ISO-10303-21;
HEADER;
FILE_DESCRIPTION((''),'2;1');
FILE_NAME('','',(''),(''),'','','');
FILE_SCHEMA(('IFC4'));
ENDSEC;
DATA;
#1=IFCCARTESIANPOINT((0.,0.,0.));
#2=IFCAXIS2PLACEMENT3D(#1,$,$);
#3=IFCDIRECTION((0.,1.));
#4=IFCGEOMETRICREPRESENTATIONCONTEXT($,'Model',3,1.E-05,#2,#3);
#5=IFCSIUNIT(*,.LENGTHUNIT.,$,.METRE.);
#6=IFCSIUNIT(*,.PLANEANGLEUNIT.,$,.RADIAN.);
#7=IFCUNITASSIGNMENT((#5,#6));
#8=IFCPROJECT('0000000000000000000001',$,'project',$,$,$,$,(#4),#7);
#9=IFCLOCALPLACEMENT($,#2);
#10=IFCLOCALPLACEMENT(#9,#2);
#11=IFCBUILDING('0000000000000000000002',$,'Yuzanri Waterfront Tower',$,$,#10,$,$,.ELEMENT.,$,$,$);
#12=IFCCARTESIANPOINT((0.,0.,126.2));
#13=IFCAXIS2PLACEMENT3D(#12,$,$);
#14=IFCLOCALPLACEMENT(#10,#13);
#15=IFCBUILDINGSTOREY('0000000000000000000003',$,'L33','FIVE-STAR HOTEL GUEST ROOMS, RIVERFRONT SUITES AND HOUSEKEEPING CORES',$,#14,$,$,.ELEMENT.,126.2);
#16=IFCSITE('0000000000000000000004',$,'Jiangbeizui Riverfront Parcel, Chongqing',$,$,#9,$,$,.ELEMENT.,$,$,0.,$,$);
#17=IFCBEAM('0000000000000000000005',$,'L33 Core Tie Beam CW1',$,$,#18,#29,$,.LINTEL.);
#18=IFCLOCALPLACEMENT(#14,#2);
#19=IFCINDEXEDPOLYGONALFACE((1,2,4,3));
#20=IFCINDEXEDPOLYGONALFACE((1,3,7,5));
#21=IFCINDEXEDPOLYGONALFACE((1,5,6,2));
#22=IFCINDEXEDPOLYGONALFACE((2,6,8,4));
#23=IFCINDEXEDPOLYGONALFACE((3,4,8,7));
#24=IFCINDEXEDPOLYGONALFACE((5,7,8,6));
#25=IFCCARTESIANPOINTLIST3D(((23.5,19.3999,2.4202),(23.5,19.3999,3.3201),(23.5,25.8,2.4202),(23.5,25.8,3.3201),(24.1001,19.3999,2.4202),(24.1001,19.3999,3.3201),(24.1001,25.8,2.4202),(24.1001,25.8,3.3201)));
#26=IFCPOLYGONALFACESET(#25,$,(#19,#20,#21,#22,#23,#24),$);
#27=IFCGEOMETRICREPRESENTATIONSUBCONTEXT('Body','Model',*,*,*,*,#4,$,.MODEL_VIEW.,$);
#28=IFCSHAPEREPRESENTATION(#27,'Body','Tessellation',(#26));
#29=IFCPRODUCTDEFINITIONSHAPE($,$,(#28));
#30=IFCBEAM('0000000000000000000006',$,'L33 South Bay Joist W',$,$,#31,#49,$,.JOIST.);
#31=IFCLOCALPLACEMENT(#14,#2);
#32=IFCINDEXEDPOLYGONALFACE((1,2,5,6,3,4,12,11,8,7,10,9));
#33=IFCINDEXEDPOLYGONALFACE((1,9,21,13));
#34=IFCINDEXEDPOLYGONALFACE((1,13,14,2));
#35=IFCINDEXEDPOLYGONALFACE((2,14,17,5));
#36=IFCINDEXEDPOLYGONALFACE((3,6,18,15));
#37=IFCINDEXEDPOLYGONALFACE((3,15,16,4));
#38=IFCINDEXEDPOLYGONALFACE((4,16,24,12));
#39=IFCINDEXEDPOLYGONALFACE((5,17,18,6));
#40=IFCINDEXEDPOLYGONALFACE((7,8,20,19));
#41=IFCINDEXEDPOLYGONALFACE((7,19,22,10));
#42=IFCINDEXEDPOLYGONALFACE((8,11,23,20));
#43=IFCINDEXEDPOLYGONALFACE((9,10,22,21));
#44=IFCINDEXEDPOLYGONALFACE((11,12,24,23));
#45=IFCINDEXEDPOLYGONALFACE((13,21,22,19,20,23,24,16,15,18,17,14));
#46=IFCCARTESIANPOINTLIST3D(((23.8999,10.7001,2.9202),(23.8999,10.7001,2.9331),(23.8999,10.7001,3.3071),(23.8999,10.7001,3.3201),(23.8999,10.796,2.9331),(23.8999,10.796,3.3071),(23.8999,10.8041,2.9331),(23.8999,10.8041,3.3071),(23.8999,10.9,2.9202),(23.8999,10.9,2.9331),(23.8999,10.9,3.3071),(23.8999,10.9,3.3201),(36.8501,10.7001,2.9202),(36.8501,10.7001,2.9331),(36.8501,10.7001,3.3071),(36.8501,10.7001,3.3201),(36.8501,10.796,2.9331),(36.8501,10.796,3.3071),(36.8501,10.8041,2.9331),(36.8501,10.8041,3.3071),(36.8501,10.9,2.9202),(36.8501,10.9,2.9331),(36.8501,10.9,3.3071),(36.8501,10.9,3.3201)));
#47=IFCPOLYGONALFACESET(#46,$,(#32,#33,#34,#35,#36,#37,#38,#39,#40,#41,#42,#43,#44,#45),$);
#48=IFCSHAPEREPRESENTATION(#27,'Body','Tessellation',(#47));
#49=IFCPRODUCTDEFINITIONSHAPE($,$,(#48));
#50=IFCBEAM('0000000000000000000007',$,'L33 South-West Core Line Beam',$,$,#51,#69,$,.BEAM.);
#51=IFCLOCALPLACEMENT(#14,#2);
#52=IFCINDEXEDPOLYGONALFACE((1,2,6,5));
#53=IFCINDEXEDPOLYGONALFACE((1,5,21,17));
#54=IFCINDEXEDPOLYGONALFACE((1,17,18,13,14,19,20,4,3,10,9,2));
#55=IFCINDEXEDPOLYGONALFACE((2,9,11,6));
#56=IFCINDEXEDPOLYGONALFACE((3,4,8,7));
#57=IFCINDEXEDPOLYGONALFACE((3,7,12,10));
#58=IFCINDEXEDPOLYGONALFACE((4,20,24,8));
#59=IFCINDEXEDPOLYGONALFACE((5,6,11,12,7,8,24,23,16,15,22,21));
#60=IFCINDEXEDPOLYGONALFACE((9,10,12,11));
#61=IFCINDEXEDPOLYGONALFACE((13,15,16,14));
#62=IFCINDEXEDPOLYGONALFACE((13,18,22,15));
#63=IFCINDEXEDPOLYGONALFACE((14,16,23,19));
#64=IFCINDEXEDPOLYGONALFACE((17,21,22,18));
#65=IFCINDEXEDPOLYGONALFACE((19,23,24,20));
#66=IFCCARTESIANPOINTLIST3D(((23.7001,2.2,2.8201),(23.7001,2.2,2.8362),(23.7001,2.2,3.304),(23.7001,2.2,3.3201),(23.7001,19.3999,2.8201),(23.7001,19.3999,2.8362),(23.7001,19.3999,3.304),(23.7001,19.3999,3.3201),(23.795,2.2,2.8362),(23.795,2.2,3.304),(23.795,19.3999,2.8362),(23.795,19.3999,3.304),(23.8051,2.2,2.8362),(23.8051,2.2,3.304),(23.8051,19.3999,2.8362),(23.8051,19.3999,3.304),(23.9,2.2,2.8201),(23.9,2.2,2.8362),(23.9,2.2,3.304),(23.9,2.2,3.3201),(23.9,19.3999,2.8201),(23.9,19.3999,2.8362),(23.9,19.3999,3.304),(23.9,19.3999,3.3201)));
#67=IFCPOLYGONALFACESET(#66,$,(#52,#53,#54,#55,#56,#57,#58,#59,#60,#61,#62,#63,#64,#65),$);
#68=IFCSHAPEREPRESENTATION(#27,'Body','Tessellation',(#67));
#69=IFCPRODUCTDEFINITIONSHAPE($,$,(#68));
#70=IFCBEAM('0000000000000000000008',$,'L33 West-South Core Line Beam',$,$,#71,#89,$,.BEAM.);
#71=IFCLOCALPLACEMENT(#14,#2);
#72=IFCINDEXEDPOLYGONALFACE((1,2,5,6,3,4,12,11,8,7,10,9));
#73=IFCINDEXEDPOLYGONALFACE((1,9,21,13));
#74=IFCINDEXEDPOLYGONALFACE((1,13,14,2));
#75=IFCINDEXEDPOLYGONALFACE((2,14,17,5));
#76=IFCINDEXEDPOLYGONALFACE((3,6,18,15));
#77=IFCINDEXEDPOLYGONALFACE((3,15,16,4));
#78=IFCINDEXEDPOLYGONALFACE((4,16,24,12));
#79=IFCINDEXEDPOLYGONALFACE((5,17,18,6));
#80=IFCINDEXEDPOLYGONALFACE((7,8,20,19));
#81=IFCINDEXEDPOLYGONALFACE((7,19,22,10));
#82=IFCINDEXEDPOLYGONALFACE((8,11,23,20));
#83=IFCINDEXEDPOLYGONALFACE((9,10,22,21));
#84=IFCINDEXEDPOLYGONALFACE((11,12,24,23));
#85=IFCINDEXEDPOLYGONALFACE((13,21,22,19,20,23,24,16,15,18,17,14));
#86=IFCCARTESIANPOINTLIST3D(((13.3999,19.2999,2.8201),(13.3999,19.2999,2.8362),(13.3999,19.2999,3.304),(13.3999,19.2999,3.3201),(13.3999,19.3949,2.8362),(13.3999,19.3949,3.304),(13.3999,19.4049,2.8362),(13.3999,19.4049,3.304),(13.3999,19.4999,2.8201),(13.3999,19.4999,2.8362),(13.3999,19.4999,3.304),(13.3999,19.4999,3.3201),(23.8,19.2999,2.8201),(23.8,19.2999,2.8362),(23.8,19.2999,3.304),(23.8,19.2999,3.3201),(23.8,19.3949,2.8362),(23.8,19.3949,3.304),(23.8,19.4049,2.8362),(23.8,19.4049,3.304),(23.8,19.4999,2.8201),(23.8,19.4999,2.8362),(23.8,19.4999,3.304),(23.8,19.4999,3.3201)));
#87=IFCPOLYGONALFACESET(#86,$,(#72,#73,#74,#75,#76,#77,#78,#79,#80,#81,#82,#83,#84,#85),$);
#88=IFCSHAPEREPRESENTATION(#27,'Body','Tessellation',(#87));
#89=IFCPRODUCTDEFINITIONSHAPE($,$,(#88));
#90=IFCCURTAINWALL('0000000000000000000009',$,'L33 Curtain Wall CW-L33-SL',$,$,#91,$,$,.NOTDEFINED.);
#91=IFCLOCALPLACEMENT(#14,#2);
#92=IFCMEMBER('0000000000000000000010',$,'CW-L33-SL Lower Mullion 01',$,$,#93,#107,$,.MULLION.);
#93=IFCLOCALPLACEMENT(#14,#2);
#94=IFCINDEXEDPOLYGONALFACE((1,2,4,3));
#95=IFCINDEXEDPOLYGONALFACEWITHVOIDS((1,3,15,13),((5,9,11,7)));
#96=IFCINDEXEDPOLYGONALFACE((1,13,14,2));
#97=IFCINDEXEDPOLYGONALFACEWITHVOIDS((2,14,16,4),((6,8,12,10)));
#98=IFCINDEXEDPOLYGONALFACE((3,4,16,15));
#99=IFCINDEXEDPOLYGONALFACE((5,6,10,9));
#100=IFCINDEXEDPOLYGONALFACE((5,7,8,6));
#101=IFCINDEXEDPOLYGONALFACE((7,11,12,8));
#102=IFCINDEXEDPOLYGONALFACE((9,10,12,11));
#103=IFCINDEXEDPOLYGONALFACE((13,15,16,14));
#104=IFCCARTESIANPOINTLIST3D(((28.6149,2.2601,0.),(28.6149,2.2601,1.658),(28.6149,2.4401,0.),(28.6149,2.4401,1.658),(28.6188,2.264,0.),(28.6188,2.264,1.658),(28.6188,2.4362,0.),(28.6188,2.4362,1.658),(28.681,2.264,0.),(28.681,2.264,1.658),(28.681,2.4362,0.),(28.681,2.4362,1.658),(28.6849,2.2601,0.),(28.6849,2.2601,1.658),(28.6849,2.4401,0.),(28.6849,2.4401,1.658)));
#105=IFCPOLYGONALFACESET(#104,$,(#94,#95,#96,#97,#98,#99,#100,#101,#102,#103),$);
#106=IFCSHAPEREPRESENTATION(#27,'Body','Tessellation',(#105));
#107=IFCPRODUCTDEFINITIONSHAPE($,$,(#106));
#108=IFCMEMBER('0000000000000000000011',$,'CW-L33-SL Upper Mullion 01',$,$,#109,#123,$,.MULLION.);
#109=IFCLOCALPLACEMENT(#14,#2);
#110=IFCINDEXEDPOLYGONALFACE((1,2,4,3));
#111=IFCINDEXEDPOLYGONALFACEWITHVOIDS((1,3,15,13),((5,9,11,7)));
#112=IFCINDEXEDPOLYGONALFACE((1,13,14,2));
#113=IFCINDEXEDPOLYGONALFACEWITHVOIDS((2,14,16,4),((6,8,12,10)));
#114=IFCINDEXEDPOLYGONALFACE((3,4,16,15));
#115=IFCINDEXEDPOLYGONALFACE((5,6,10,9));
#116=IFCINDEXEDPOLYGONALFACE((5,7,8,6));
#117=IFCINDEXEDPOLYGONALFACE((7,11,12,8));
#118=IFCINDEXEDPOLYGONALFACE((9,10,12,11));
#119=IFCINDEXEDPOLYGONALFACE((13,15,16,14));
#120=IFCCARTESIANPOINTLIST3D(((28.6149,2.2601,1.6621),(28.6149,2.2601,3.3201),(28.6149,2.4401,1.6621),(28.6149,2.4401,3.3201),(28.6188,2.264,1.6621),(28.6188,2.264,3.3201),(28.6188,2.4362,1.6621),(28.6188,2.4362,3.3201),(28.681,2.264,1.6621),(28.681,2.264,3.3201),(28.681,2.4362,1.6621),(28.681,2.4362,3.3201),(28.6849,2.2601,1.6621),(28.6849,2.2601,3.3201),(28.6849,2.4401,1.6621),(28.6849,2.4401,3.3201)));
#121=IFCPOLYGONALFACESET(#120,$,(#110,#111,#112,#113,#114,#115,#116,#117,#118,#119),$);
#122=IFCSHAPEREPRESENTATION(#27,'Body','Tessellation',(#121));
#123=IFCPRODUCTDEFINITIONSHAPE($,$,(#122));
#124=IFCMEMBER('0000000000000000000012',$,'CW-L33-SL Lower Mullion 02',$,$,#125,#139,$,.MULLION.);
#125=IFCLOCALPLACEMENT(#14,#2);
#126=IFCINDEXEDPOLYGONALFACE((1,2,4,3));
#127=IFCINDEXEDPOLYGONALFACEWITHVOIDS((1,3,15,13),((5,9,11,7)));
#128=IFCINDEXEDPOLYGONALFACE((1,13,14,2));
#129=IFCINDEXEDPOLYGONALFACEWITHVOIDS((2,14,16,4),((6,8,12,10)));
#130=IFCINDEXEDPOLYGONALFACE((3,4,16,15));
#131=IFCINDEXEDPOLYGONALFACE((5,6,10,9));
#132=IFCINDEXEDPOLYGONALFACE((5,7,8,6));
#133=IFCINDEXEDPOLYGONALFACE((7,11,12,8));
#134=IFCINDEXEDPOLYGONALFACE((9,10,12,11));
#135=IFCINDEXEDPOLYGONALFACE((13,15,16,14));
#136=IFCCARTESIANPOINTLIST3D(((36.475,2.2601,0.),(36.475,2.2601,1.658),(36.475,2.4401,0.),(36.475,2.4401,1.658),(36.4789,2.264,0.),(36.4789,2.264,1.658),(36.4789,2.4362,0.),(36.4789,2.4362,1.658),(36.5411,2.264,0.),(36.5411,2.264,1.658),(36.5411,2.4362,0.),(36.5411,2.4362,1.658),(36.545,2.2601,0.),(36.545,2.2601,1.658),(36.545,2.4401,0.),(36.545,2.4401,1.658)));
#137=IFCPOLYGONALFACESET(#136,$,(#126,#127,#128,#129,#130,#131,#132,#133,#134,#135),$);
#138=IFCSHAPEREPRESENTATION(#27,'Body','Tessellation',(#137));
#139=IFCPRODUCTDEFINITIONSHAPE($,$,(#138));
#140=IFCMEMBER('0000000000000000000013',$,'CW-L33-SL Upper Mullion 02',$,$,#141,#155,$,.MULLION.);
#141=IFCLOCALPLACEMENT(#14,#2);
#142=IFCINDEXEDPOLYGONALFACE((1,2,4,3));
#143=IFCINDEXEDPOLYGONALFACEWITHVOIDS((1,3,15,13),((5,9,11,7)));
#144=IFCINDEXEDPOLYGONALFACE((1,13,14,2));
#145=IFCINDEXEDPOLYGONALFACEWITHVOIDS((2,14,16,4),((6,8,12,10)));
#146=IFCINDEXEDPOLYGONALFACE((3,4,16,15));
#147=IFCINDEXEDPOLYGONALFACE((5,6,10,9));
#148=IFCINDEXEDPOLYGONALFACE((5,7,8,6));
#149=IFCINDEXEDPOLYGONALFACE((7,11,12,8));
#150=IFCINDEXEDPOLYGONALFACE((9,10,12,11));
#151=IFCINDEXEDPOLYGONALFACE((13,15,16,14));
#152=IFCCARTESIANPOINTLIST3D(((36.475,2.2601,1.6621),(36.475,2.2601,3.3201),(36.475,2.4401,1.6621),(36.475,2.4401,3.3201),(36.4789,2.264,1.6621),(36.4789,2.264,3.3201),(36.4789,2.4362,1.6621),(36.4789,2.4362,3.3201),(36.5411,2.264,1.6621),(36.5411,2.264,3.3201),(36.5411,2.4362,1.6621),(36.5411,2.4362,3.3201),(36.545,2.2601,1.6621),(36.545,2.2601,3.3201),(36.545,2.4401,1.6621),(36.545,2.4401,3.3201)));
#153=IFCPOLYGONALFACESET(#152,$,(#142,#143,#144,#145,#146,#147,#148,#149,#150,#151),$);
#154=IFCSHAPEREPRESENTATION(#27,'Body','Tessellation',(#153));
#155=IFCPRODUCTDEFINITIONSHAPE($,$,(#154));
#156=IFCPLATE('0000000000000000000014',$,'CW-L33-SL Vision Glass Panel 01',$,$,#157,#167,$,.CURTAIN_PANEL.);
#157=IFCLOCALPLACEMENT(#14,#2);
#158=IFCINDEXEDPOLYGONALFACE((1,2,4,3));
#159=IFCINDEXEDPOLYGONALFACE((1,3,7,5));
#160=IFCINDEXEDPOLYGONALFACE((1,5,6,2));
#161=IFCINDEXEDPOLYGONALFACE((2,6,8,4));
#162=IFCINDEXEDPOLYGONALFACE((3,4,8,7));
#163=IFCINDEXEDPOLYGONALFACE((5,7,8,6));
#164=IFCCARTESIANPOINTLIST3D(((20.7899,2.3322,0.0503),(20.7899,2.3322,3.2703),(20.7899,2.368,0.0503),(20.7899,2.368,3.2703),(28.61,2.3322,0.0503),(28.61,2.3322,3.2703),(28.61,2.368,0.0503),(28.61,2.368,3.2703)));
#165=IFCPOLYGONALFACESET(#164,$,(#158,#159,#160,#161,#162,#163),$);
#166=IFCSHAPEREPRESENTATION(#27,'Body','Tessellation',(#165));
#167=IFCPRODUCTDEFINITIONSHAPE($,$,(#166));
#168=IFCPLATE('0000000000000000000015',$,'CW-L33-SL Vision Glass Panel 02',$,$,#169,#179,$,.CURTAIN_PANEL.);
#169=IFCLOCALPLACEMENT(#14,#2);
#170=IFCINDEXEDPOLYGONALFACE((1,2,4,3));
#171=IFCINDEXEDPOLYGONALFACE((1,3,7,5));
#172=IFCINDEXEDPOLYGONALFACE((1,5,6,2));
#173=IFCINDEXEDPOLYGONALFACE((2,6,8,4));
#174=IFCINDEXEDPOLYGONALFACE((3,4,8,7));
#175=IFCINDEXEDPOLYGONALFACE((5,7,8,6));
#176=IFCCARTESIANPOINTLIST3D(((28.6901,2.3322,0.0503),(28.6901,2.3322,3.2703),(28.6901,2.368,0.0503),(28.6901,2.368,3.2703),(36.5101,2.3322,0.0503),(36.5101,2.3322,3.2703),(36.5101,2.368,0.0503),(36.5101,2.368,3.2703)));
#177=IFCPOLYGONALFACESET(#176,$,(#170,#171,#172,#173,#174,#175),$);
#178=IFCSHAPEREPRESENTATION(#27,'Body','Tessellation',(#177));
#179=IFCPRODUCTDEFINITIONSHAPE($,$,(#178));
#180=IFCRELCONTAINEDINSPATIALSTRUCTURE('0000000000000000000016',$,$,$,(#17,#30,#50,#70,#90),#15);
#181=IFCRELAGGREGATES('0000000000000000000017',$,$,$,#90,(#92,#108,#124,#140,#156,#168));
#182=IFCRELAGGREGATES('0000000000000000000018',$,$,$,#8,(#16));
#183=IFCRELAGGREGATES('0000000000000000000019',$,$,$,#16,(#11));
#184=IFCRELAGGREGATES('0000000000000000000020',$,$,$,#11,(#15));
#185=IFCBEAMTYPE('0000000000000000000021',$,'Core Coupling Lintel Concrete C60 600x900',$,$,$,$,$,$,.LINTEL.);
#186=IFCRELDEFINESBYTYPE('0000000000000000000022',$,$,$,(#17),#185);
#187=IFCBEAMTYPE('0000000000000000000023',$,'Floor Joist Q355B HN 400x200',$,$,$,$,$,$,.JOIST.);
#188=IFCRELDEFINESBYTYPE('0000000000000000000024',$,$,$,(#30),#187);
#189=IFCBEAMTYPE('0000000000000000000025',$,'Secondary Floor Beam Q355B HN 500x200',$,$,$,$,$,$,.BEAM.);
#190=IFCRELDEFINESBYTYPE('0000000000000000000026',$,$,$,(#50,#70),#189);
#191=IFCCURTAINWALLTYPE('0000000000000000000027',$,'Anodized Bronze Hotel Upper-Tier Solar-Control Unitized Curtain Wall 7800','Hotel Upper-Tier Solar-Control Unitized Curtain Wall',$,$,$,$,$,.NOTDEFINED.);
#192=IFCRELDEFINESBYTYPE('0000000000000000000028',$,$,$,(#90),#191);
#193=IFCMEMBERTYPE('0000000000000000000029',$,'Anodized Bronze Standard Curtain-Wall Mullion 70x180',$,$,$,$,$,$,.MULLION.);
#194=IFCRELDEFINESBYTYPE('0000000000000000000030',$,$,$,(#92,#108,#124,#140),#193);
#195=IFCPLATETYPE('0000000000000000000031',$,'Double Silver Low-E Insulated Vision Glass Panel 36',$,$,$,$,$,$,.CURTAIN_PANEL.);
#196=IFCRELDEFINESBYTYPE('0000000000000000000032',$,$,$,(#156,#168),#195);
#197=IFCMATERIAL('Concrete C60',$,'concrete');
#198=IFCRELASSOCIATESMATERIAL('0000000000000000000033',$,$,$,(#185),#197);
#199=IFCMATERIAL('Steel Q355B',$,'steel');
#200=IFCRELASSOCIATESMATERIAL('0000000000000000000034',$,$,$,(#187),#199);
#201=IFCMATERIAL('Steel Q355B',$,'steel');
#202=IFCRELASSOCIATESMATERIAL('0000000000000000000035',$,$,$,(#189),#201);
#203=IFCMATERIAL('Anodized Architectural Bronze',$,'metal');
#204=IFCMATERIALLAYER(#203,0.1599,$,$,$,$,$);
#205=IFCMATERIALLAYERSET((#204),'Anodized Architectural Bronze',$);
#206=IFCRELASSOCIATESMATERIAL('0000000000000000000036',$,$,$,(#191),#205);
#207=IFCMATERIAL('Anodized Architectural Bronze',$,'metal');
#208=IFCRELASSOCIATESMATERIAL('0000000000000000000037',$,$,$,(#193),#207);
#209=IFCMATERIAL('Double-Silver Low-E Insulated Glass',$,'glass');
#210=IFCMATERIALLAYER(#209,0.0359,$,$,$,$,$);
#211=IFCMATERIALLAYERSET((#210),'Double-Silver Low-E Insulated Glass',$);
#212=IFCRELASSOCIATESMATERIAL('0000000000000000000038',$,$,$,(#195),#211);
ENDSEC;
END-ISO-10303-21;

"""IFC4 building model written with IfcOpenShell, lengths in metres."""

from ifc_helpers import new_model, si_unit, direction, frame, origin, origin_2d, place, context, subcontext, project, spatial, rectangle, hollow_rectangle, i_section, extrude, source, transform, mapped, material, layer, layer_set, material_profile, profile_set, type_object, element, aggregate, save


model = new_model("IFC4")

# Units and contexts
model_context = context("Model", 3, precision=1e-05, world=origin(), true_north=direction((0.0, 1.0)))
body_context = subcontext(model_context, "Body", "Model", "MODEL_VIEW")
ifc_project = project(units=[si_unit("LENGTHUNIT", "METRE"), si_unit("PLANEANGLEUNIT", "RADIAN")], contexts=[model_context])

# Site, building, storey
site_placement = place(None, origin())
site = spatial("IfcSite", under=ifc_project, at=site_placement, Name="Jiangbeizui Riverfront Parcel, Chongqing", CompositionType="ELEMENT", RefElevation=0.0)
building_placement = place(site_placement, origin())
building = spatial("IfcBuilding", under=site, at=building_placement, Name="Yuzanri Waterfront Tower", CompositionType="ELEMENT")
storey_placement = place(building_placement, frame((0.0, 0.0, 126.2)))
storey = spatial("IfcBuildingStorey", under=building, at=storey_placement, Name="L33", Description="FIVE-STAR HOTEL GUEST ROOMS, RIVERFRONT SUITES AND HOUSEKEEPING CORES", CompositionType="ELEMENT", Elevation=126.2)

# Beams
ifc_material_1 = material(Name="Concrete C60", Category="concrete")
ifc_material_profile_1 = material_profile(ifc_material_1, rectangle(XDim=0.6001, YDim=0.8999, at=origin_2d()), Name="RC 600x900")
ifc_profile_set_1 = profile_set([ifc_material_profile_1], Name="Concrete C60")
beam_type_1 = type_object("IfcBeamType", Name="Core Coupling Lintel Concrete C60 600x900", PredefinedType="LINTEL", material=ifc_profile_set_1)
shared_shape_1 = source(origin(), body_context, "Body", "SweptSolid", [
    extrude(rectangle(XDim=0.6001, YDim=0.8999, at=origin_2d()), origin(), (0.0, 0.0, 1.0), 6.4001),
])
beam_1_placement = place(storey_placement, frame((23.8, 19.3999, 2.8701), z_axis=(0.0, 1.0, 0.0), x_axis=(-1.0, 0.0, 0.0)))
element("IfcBeam", 1, at=beam_1_placement, inside=storey, type_object=beam_type_1, Name="L33 Core Tie Beam CW1", PredefinedType="LINTEL", context=body_context, shape_type="MappedRepresentation", body=[
    mapped(shared_shape_1, transform((0.0, 0.0, 0.0), scale=1.0)),
])
ifc_material_2 = material(Name="Steel Q355B", Category="steel")
ifc_material_profile_2 = material_profile(ifc_material_2, i_section(OverallWidth=0.2, OverallDepth=0.3999, WebThickness=0.0081, FlangeThickness=0.0129, at=origin_2d()), Name="HN 400x200x8x13")
ifc_profile_set_2 = profile_set([ifc_material_profile_2], Name="Steel Q355B")
beam_type_2 = type_object("IfcBeamType", Name="Floor Joist Q355B HN 400x200", PredefinedType="JOIST", material=ifc_profile_set_2)
shared_shape_2 = source(origin(), body_context, "Body", "SweptSolid", [
    extrude(i_section(OverallWidth=0.2, OverallDepth=0.3999, WebThickness=0.0081, FlangeThickness=0.0129, at=origin_2d()), origin(), (0.0, 0.0, 1.0), 12.9502),
])
beam_2_placement = place(storey_placement, frame((23.8999, 10.8, 3.1201), z_axis=(1.0, 0.0, 0.0), x_axis=(0.0, 1.0, 0.0)))
element("IfcBeam", 2, at=beam_2_placement, inside=storey, type_object=beam_type_2, Name="L33 South Bay Joist W", PredefinedType="JOIST", context=body_context, shape_type="MappedRepresentation", body=[
    mapped(shared_shape_2, transform((0.0, 0.0, 0.0), scale=1.0)),
])
ifc_material_3 = material(Name="Steel Q355B", Category="steel")
ifc_material_profile_3 = material_profile(ifc_material_3, i_section(OverallWidth=0.2, OverallDepth=0.5, WebThickness=0.01, FlangeThickness=0.0161, at=origin_2d()), Name="HN 500x200x10x16")
ifc_profile_set_3 = profile_set([ifc_material_profile_3], Name="Steel Q355B")
beam_type_3 = type_object("IfcBeamType", Name="Secondary Floor Beam Q355B HN 500x200", PredefinedType="BEAM", material=ifc_profile_set_3)
shared_shape_3 = source(origin(), body_context, "Body", "SweptSolid", [
    extrude(i_section(OverallWidth=0.2, OverallDepth=0.5, WebThickness=0.01, FlangeThickness=0.0161, at=origin_2d()), origin(), (0.0, 0.0, 1.0), 17.2),
])
beam_3_placement = place(storey_placement, frame((23.8, 19.3999, 3.0701), z_axis=(0.0, -1.0, 0.0), x_axis=(1.0, 0.0, 0.0)))
element("IfcBeam", 3, at=beam_3_placement, inside=storey, type_object=beam_type_3, Name="L33 South-West Core Line Beam", PredefinedType="BEAM", context=body_context, shape_type="MappedRepresentation", body=[
    mapped(shared_shape_3, transform((0.0, 0.0, 0.0), scale=1.0)),
])
shared_shape_4 = source(origin(), body_context, "Body", "SweptSolid", [
    extrude(i_section(OverallWidth=0.2, OverallDepth=0.5, WebThickness=0.01, FlangeThickness=0.0161, at=origin_2d()), origin(), (0.0, 0.0, 1.0), 10.4001),
])
beam_4_placement = place(storey_placement, frame((23.8, 19.3999, 3.0701), z_axis=(-1.0, 0.0, 0.0), x_axis=(0.0, -1.0, 0.0)))
element("IfcBeam", 4, at=beam_4_placement, inside=storey, type_object=beam_type_3, Name="L33 West-South Core Line Beam", PredefinedType="BEAM", context=body_context, shape_type="MappedRepresentation", body=[
    mapped(shared_shape_4, transform((0.0, 0.0, 0.0), scale=1.0)),
])

# Curtain wall, members, plates
ifc_material_4 = material(Name="Anodized Architectural Bronze", Category="metal")
ifc_layer_1 = layer(ifc_material_4, 0.1599)
ifc_layer_set_1 = layer_set([ifc_layer_1], Name="Anodized Architectural Bronze")
curtain_wall_type = type_object("IfcCurtainWallType", Name="Anodized Bronze Hotel Upper-Tier Solar-Control Unitized Curtain Wall 7800", Description="Hotel Upper-Tier Solar-Control Unitized Curtain Wall", PredefinedType="NOTDEFINED", material=ifc_layer_set_1)
curtain_wall_placement = place(storey_placement, origin())
curtain_wall = element("IfcCurtainWall", 5, at=curtain_wall_placement, inside=storey, type_object=curtain_wall_type, Name="L33 Curtain Wall CW-L33-SL", PredefinedType="NOTDEFINED")
ifc_material_5 = material(Name="Anodized Architectural Bronze", Category="metal")
ifc_material_profile_4 = material_profile(ifc_material_5, hollow_rectangle(XDim=0.0701, YDim=0.1799, WallThickness=0.0039, at=origin_2d()), Name="CWM 70x180")
ifc_profile_set_4 = profile_set([ifc_material_profile_4], Name="Anodized Architectural Bronze")
member_type = type_object("IfcMemberType", Name="Anodized Bronze Standard Curtain-Wall Mullion 70x180", PredefinedType="MULLION", material=ifc_profile_set_4)
shared_shape_5 = source(origin(), body_context, "Body", "SweptSolid", [
    extrude(hollow_rectangle(XDim=0.0701, YDim=0.1799, WallThickness=0.0039, at=origin_2d()), origin(), (0.0, 0.0, 1.0), 1.658),
])
member_1_placement = place(storey_placement, frame((28.6499, 2.3501, 0.0), z_axis=(0.0, 0.0, 1.0), x_axis=(1.0, 0.0, 0.0)))
member_1 = element("IfcMember", 6, at=member_1_placement, type_object=member_type, Name="CW-L33-SL Lower Mullion 01", PredefinedType="MULLION", context=body_context, shape_type="MappedRepresentation", body=[
    mapped(shared_shape_5, transform((0.0, 0.0, 0.0), scale=1.0)),
])
member_2_placement = place(storey_placement, frame((28.6499, 2.3501, 1.6621), z_axis=(0.0, 0.0, 1.0), x_axis=(1.0, 0.0, 0.0)))
member_2 = element("IfcMember", 7, at=member_2_placement, type_object=member_type, Name="CW-L33-SL Upper Mullion 01", PredefinedType="MULLION", context=body_context, shape_type="MappedRepresentation", body=[
    mapped(shared_shape_5, transform((0.0, 0.0, 0.0), scale=1.0)),
])
member_3_placement = place(storey_placement, frame((36.51, 2.3501, 0.0), z_axis=(0.0, 0.0, 1.0), x_axis=(1.0, 0.0, 0.0)))
member_3 = element("IfcMember", 8, at=member_3_placement, type_object=member_type, Name="CW-L33-SL Lower Mullion 02", PredefinedType="MULLION", context=body_context, shape_type="MappedRepresentation", body=[
    mapped(shared_shape_5, transform((0.0, 0.0, 0.0), scale=1.0)),
])
member_4_placement = place(storey_placement, frame((36.51, 2.3501, 1.6621), z_axis=(0.0, 0.0, 1.0), x_axis=(1.0, 0.0, 0.0)))
member_4 = element("IfcMember", 9, at=member_4_placement, type_object=member_type, Name="CW-L33-SL Upper Mullion 02", PredefinedType="MULLION", context=body_context, shape_type="MappedRepresentation", body=[
    mapped(shared_shape_5, transform((0.0, 0.0, 0.0), scale=1.0)),
])
ifc_material_6 = material(Name="Double-Silver Low-E Insulated Glass", Category="glass")
ifc_layer_2 = layer(ifc_material_6, 0.0359)
ifc_layer_set_2 = layer_set([ifc_layer_2], Name="Double-Silver Low-E Insulated Glass")
plate_type = type_object("IfcPlateType", Name="Double Silver Low-E Insulated Vision Glass Panel 36", PredefinedType="CURTAIN_PANEL", material=ifc_layer_set_2)
shared_shape_6 = source(origin(), body_context, "Body", "SweptSolid", [
    extrude(rectangle(XDim=7.8201, YDim=0.0359, at=origin_2d()), origin(), (0.0, 0.0, 1.0), 3.22),
])
plate_1_placement = place(storey_placement, frame((24.7, 2.3501, 0.0503), z_axis=(0.0, 0.0, 1.0), x_axis=(1.0, 0.0, 0.0)))
plate_1 = element("IfcPlate", 10, at=plate_1_placement, type_object=plate_type, Name="CW-L33-SL Vision Glass Panel 01", PredefinedType="CURTAIN_PANEL", context=body_context, shape_type="MappedRepresentation", body=[
    mapped(shared_shape_6, transform((0.0, 0.0, 0.0), scale=1.0)),
])
plate_2_placement = place(storey_placement, frame((32.6001, 2.3501, 0.0503), z_axis=(0.0, 0.0, 1.0), x_axis=(1.0, 0.0, 0.0)))
plate_2 = element("IfcPlate", 11, at=plate_2_placement, type_object=plate_type, Name="CW-L33-SL Vision Glass Panel 02", PredefinedType="CURTAIN_PANEL", context=body_context, shape_type="MappedRepresentation", body=[
    mapped(shared_shape_6, transform((0.0, 0.0, 0.0), scale=1.0)),
])
aggregate(curtain_wall, [member_1, member_2, member_3, member_4, plate_1, plate_2])

save(model, "model.ifc")
